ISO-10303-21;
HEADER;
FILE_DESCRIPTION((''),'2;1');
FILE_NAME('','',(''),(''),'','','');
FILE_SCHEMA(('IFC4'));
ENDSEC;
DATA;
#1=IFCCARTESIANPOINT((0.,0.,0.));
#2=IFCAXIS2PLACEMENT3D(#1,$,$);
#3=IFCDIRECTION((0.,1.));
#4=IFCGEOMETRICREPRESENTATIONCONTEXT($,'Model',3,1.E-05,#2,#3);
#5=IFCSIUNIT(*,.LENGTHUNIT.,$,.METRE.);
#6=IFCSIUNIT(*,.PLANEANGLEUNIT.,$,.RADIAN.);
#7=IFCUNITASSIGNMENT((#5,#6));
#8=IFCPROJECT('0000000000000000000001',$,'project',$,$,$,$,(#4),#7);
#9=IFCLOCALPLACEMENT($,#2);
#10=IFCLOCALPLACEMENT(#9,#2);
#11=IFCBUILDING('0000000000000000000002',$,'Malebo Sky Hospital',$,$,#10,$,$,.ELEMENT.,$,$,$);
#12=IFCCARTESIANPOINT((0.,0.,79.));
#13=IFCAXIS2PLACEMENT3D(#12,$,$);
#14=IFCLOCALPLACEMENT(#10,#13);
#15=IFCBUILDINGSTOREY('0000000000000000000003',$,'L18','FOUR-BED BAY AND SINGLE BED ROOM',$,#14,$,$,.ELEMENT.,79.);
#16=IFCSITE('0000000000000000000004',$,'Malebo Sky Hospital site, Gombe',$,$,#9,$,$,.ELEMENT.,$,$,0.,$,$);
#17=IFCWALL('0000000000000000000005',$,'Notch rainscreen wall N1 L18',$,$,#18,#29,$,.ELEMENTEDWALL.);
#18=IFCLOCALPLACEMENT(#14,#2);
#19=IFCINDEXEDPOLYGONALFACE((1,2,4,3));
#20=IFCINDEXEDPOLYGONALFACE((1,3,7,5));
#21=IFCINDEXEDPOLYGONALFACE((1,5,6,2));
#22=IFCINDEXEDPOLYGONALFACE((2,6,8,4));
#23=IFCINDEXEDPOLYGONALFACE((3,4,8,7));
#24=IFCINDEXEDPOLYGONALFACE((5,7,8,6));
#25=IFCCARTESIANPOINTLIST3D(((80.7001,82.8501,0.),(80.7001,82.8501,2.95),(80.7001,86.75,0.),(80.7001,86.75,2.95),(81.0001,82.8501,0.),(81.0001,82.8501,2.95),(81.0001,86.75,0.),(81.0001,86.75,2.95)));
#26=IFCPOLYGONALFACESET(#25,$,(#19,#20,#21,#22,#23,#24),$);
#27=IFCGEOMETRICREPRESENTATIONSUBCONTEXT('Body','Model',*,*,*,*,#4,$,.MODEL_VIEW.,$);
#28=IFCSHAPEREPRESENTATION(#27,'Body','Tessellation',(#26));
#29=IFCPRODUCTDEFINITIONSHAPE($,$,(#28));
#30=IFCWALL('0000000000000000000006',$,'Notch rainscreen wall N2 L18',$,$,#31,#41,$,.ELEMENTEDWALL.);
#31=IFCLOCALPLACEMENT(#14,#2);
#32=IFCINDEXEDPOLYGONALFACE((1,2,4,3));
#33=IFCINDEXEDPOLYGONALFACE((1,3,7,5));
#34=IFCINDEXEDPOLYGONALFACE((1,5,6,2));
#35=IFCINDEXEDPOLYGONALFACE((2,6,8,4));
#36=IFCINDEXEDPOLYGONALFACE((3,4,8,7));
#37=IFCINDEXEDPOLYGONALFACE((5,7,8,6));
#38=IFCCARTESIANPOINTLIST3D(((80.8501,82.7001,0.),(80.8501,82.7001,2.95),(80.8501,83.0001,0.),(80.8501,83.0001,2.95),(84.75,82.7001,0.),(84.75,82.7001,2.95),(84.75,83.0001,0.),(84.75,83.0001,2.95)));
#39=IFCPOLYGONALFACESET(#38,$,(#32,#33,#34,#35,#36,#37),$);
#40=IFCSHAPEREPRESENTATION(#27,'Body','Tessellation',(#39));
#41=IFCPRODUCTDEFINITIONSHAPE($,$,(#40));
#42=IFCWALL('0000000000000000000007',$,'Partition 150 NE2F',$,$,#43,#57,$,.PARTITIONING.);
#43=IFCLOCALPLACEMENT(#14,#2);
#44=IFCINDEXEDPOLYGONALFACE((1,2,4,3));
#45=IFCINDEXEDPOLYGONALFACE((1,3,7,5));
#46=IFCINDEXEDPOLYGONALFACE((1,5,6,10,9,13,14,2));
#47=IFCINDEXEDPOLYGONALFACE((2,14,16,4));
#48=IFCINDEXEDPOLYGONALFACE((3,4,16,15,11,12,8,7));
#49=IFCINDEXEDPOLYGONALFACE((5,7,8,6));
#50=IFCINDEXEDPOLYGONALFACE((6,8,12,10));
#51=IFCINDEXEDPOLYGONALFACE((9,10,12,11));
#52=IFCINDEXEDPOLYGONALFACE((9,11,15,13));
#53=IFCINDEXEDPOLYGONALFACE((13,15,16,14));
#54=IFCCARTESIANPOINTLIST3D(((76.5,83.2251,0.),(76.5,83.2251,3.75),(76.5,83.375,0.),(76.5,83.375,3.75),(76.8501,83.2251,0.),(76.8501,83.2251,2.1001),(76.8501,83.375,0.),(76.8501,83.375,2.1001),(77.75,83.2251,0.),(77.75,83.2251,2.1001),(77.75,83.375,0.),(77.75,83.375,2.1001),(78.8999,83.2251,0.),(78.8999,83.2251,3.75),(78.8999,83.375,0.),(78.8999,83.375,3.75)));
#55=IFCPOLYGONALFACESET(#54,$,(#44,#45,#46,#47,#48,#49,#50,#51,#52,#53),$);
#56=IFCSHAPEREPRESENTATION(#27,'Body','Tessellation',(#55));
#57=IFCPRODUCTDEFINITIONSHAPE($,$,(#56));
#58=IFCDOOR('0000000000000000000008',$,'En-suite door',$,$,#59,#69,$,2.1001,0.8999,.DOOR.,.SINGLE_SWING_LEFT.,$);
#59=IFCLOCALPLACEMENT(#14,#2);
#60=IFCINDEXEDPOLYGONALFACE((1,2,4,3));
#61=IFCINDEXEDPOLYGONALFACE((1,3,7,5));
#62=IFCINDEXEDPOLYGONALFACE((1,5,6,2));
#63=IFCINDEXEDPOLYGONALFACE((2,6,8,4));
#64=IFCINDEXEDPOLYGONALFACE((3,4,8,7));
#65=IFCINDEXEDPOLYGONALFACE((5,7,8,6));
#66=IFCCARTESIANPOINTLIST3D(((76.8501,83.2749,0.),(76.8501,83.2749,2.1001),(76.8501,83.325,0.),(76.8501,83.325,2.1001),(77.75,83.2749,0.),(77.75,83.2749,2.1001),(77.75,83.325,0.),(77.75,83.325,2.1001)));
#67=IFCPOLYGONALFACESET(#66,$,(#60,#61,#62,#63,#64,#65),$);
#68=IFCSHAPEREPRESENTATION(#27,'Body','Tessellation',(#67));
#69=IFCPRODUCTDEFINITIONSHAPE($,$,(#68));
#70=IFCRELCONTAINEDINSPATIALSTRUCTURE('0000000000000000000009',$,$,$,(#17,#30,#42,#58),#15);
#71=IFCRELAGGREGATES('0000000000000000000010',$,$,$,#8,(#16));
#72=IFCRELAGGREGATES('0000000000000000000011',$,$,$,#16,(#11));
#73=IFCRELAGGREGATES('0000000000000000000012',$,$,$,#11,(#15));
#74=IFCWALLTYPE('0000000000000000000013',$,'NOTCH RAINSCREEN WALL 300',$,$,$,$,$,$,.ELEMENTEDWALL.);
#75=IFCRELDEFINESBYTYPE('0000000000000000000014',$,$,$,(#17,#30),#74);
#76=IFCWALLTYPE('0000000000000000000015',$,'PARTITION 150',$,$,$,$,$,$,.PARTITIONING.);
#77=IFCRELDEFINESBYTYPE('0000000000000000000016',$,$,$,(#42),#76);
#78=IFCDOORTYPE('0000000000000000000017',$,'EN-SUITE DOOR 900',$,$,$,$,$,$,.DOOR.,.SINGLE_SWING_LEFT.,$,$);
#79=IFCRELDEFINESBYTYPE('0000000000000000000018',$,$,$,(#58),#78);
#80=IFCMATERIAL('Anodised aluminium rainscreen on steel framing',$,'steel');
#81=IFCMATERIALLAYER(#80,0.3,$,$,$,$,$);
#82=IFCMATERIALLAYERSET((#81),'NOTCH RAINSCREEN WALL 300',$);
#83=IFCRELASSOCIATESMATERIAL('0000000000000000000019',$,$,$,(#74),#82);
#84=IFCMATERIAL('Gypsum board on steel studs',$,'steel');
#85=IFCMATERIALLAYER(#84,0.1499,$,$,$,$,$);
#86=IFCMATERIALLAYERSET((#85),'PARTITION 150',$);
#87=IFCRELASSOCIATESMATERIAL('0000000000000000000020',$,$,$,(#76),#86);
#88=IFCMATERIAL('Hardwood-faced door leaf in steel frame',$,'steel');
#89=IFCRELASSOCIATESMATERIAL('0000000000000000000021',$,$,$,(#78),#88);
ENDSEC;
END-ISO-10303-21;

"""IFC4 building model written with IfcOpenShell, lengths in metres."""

from ifc_helpers import new_model, si_unit, direction, frame, frame_2d, origin, place, context, subcontext, project, spatial, rectangle, extrude, material, layer, layer_set, type_object, element, fill, save


model = new_model("IFC4")

# Units and contexts
model_context = context("Model", 3, precision=1e-05, world=origin(), true_north=direction((0.0, 1.0)))
body_context = subcontext(model_context, "Body", "Model", "MODEL_VIEW")
ifc_project = project(units=[si_unit("LENGTHUNIT", "METRE"), si_unit("PLANEANGLEUNIT", "RADIAN")], contexts=[model_context])

# Site, building, storey
site_placement = place(None, origin())
site = spatial("IfcSite", under=ifc_project, at=site_placement, Name="Malebo Sky Hospital site, Gombe", CompositionType="ELEMENT", RefElevation=0.0)
building_placement = place(site_placement, origin())
building = spatial("IfcBuilding", under=site, at=building_placement, Name="Malebo Sky Hospital", CompositionType="ELEMENT")
storey_placement = place(building_placement, frame((0.0, 0.0, 79.0)))
storey = spatial("IfcBuildingStorey", under=building, at=storey_placement, Name="L18", Description="FOUR-BED BAY AND SINGLE BED ROOM", CompositionType="ELEMENT", Elevation=79.0)

# Walls
ifc_material_1 = material(Name="Anodised aluminium rainscreen on steel framing", Category="steel")
ifc_layer_1 = layer(ifc_material_1, 0.3)
ifc_layer_set_1 = layer_set([ifc_layer_1], Name="NOTCH RAINSCREEN WALL 300")
wall_type_1 = type_object("IfcWallType", Name="NOTCH RAINSCREEN WALL 300", PredefinedType="ELEMENTEDWALL", material=ifc_layer_set_1)
for number, where, z_axis, x_axis, name in (
    (1, (80.8501, 86.75, 0.0), (0.0, 0.0, 1.0), (0.0, -1.0, 0.0), "Notch rainscreen wall N1 L18"),
    (2, (80.8501, 82.8501, 0.0), (0.0, 0.0, 1.0), (1.0, 0.0, 0.0), "Notch rainscreen wall N2 L18"),
):
    element("IfcWall", number, at=place(storey_placement, frame(where, z_axis=z_axis, x_axis=x_axis)), inside=storey, type_object=wall_type_1, Name=name, PredefinedType="ELEMENTEDWALL", context=body_context, shape_type="SweptSolid", body=[
        extrude(rectangle(XDim=3.8999, YDim=0.3, at=frame_2d((1.95, 0.0))), origin(), (0.0, 0.0, 1.0), 2.95),
    ])

# Wall, opening, door
ifc_material_2 = material(Name="Gypsum board on steel studs", Category="steel")
ifc_layer_2 = layer(ifc_material_2, 0.1499)
ifc_layer_set_2 = layer_set([ifc_layer_2], Name="PARTITION 150")
wall_type_2 = type_object("IfcWallType", Name="PARTITION 150", PredefinedType="PARTITIONING", material=ifc_layer_set_2)
wall_placement = place(storey_placement, frame((76.5, 83.3, 0.0), z_axis=(0.0, 0.0, 1.0), x_axis=(1.0, 0.0, 0.0)))
wall = element("IfcWall", 3, at=wall_placement, inside=storey, type_object=wall_type_2, Name="Partition 150 NE2F", PredefinedType="PARTITIONING", context=body_context, shape_type="SweptSolid", body=[
    extrude(rectangle(XDim=2.3999, YDim=0.1499, at=frame_2d((1.2, 0.0))), origin(), (0.0, 0.0, 1.0), 3.75),
])
opening_placement = place(wall_placement, frame((0.3501, 0.0, 0.0)))
opening = element("IfcOpeningElement", 4, at=opening_placement, cuts=wall, PredefinedType="OPENING", context=body_context, shape_type="SweptSolid", body=[
    extrude(rectangle(XDim=0.8999, YDim=2.1001, at=frame_2d((0.45, 1.05))), frame((0.0, 0.085, 0.0), z_axis=(0.0, -1.0, 0.0), x_axis=(1.0, 0.0, 0.0)), (0.0, 0.0, 1.0), 0.1699),
])
ifc_material_3 = material(Name="Hardwood-faced door leaf in steel frame", Category="steel")
door_type = type_object("IfcDoorType", Name="EN-SUITE DOOR 900", OperationType="SINGLE_SWING_LEFT", PredefinedType="DOOR", material=ifc_material_3)
door_placement = place(opening_placement, origin())
door = element("IfcDoor", 5, at=door_placement, inside=storey, type_object=door_type, Name="En-suite door", OperationType="SINGLE_SWING_LEFT", OverallHeight=2.1001, OverallWidth=0.8999, PredefinedType="DOOR", context=body_context, shape_type="SweptSolid", body=[
    extrude(rectangle(XDim=0.8999, YDim=2.1001, at=frame_2d((0.45, 1.05))), frame((0.0, 0.0249, 0.0), z_axis=(0.0, -1.0, 0.0), x_axis=(1.0, 0.0, 0.0)), (0.0, 0.0, 1.0), 0.05),
])
fill(opening, door)

save(model, "model.ifc")
